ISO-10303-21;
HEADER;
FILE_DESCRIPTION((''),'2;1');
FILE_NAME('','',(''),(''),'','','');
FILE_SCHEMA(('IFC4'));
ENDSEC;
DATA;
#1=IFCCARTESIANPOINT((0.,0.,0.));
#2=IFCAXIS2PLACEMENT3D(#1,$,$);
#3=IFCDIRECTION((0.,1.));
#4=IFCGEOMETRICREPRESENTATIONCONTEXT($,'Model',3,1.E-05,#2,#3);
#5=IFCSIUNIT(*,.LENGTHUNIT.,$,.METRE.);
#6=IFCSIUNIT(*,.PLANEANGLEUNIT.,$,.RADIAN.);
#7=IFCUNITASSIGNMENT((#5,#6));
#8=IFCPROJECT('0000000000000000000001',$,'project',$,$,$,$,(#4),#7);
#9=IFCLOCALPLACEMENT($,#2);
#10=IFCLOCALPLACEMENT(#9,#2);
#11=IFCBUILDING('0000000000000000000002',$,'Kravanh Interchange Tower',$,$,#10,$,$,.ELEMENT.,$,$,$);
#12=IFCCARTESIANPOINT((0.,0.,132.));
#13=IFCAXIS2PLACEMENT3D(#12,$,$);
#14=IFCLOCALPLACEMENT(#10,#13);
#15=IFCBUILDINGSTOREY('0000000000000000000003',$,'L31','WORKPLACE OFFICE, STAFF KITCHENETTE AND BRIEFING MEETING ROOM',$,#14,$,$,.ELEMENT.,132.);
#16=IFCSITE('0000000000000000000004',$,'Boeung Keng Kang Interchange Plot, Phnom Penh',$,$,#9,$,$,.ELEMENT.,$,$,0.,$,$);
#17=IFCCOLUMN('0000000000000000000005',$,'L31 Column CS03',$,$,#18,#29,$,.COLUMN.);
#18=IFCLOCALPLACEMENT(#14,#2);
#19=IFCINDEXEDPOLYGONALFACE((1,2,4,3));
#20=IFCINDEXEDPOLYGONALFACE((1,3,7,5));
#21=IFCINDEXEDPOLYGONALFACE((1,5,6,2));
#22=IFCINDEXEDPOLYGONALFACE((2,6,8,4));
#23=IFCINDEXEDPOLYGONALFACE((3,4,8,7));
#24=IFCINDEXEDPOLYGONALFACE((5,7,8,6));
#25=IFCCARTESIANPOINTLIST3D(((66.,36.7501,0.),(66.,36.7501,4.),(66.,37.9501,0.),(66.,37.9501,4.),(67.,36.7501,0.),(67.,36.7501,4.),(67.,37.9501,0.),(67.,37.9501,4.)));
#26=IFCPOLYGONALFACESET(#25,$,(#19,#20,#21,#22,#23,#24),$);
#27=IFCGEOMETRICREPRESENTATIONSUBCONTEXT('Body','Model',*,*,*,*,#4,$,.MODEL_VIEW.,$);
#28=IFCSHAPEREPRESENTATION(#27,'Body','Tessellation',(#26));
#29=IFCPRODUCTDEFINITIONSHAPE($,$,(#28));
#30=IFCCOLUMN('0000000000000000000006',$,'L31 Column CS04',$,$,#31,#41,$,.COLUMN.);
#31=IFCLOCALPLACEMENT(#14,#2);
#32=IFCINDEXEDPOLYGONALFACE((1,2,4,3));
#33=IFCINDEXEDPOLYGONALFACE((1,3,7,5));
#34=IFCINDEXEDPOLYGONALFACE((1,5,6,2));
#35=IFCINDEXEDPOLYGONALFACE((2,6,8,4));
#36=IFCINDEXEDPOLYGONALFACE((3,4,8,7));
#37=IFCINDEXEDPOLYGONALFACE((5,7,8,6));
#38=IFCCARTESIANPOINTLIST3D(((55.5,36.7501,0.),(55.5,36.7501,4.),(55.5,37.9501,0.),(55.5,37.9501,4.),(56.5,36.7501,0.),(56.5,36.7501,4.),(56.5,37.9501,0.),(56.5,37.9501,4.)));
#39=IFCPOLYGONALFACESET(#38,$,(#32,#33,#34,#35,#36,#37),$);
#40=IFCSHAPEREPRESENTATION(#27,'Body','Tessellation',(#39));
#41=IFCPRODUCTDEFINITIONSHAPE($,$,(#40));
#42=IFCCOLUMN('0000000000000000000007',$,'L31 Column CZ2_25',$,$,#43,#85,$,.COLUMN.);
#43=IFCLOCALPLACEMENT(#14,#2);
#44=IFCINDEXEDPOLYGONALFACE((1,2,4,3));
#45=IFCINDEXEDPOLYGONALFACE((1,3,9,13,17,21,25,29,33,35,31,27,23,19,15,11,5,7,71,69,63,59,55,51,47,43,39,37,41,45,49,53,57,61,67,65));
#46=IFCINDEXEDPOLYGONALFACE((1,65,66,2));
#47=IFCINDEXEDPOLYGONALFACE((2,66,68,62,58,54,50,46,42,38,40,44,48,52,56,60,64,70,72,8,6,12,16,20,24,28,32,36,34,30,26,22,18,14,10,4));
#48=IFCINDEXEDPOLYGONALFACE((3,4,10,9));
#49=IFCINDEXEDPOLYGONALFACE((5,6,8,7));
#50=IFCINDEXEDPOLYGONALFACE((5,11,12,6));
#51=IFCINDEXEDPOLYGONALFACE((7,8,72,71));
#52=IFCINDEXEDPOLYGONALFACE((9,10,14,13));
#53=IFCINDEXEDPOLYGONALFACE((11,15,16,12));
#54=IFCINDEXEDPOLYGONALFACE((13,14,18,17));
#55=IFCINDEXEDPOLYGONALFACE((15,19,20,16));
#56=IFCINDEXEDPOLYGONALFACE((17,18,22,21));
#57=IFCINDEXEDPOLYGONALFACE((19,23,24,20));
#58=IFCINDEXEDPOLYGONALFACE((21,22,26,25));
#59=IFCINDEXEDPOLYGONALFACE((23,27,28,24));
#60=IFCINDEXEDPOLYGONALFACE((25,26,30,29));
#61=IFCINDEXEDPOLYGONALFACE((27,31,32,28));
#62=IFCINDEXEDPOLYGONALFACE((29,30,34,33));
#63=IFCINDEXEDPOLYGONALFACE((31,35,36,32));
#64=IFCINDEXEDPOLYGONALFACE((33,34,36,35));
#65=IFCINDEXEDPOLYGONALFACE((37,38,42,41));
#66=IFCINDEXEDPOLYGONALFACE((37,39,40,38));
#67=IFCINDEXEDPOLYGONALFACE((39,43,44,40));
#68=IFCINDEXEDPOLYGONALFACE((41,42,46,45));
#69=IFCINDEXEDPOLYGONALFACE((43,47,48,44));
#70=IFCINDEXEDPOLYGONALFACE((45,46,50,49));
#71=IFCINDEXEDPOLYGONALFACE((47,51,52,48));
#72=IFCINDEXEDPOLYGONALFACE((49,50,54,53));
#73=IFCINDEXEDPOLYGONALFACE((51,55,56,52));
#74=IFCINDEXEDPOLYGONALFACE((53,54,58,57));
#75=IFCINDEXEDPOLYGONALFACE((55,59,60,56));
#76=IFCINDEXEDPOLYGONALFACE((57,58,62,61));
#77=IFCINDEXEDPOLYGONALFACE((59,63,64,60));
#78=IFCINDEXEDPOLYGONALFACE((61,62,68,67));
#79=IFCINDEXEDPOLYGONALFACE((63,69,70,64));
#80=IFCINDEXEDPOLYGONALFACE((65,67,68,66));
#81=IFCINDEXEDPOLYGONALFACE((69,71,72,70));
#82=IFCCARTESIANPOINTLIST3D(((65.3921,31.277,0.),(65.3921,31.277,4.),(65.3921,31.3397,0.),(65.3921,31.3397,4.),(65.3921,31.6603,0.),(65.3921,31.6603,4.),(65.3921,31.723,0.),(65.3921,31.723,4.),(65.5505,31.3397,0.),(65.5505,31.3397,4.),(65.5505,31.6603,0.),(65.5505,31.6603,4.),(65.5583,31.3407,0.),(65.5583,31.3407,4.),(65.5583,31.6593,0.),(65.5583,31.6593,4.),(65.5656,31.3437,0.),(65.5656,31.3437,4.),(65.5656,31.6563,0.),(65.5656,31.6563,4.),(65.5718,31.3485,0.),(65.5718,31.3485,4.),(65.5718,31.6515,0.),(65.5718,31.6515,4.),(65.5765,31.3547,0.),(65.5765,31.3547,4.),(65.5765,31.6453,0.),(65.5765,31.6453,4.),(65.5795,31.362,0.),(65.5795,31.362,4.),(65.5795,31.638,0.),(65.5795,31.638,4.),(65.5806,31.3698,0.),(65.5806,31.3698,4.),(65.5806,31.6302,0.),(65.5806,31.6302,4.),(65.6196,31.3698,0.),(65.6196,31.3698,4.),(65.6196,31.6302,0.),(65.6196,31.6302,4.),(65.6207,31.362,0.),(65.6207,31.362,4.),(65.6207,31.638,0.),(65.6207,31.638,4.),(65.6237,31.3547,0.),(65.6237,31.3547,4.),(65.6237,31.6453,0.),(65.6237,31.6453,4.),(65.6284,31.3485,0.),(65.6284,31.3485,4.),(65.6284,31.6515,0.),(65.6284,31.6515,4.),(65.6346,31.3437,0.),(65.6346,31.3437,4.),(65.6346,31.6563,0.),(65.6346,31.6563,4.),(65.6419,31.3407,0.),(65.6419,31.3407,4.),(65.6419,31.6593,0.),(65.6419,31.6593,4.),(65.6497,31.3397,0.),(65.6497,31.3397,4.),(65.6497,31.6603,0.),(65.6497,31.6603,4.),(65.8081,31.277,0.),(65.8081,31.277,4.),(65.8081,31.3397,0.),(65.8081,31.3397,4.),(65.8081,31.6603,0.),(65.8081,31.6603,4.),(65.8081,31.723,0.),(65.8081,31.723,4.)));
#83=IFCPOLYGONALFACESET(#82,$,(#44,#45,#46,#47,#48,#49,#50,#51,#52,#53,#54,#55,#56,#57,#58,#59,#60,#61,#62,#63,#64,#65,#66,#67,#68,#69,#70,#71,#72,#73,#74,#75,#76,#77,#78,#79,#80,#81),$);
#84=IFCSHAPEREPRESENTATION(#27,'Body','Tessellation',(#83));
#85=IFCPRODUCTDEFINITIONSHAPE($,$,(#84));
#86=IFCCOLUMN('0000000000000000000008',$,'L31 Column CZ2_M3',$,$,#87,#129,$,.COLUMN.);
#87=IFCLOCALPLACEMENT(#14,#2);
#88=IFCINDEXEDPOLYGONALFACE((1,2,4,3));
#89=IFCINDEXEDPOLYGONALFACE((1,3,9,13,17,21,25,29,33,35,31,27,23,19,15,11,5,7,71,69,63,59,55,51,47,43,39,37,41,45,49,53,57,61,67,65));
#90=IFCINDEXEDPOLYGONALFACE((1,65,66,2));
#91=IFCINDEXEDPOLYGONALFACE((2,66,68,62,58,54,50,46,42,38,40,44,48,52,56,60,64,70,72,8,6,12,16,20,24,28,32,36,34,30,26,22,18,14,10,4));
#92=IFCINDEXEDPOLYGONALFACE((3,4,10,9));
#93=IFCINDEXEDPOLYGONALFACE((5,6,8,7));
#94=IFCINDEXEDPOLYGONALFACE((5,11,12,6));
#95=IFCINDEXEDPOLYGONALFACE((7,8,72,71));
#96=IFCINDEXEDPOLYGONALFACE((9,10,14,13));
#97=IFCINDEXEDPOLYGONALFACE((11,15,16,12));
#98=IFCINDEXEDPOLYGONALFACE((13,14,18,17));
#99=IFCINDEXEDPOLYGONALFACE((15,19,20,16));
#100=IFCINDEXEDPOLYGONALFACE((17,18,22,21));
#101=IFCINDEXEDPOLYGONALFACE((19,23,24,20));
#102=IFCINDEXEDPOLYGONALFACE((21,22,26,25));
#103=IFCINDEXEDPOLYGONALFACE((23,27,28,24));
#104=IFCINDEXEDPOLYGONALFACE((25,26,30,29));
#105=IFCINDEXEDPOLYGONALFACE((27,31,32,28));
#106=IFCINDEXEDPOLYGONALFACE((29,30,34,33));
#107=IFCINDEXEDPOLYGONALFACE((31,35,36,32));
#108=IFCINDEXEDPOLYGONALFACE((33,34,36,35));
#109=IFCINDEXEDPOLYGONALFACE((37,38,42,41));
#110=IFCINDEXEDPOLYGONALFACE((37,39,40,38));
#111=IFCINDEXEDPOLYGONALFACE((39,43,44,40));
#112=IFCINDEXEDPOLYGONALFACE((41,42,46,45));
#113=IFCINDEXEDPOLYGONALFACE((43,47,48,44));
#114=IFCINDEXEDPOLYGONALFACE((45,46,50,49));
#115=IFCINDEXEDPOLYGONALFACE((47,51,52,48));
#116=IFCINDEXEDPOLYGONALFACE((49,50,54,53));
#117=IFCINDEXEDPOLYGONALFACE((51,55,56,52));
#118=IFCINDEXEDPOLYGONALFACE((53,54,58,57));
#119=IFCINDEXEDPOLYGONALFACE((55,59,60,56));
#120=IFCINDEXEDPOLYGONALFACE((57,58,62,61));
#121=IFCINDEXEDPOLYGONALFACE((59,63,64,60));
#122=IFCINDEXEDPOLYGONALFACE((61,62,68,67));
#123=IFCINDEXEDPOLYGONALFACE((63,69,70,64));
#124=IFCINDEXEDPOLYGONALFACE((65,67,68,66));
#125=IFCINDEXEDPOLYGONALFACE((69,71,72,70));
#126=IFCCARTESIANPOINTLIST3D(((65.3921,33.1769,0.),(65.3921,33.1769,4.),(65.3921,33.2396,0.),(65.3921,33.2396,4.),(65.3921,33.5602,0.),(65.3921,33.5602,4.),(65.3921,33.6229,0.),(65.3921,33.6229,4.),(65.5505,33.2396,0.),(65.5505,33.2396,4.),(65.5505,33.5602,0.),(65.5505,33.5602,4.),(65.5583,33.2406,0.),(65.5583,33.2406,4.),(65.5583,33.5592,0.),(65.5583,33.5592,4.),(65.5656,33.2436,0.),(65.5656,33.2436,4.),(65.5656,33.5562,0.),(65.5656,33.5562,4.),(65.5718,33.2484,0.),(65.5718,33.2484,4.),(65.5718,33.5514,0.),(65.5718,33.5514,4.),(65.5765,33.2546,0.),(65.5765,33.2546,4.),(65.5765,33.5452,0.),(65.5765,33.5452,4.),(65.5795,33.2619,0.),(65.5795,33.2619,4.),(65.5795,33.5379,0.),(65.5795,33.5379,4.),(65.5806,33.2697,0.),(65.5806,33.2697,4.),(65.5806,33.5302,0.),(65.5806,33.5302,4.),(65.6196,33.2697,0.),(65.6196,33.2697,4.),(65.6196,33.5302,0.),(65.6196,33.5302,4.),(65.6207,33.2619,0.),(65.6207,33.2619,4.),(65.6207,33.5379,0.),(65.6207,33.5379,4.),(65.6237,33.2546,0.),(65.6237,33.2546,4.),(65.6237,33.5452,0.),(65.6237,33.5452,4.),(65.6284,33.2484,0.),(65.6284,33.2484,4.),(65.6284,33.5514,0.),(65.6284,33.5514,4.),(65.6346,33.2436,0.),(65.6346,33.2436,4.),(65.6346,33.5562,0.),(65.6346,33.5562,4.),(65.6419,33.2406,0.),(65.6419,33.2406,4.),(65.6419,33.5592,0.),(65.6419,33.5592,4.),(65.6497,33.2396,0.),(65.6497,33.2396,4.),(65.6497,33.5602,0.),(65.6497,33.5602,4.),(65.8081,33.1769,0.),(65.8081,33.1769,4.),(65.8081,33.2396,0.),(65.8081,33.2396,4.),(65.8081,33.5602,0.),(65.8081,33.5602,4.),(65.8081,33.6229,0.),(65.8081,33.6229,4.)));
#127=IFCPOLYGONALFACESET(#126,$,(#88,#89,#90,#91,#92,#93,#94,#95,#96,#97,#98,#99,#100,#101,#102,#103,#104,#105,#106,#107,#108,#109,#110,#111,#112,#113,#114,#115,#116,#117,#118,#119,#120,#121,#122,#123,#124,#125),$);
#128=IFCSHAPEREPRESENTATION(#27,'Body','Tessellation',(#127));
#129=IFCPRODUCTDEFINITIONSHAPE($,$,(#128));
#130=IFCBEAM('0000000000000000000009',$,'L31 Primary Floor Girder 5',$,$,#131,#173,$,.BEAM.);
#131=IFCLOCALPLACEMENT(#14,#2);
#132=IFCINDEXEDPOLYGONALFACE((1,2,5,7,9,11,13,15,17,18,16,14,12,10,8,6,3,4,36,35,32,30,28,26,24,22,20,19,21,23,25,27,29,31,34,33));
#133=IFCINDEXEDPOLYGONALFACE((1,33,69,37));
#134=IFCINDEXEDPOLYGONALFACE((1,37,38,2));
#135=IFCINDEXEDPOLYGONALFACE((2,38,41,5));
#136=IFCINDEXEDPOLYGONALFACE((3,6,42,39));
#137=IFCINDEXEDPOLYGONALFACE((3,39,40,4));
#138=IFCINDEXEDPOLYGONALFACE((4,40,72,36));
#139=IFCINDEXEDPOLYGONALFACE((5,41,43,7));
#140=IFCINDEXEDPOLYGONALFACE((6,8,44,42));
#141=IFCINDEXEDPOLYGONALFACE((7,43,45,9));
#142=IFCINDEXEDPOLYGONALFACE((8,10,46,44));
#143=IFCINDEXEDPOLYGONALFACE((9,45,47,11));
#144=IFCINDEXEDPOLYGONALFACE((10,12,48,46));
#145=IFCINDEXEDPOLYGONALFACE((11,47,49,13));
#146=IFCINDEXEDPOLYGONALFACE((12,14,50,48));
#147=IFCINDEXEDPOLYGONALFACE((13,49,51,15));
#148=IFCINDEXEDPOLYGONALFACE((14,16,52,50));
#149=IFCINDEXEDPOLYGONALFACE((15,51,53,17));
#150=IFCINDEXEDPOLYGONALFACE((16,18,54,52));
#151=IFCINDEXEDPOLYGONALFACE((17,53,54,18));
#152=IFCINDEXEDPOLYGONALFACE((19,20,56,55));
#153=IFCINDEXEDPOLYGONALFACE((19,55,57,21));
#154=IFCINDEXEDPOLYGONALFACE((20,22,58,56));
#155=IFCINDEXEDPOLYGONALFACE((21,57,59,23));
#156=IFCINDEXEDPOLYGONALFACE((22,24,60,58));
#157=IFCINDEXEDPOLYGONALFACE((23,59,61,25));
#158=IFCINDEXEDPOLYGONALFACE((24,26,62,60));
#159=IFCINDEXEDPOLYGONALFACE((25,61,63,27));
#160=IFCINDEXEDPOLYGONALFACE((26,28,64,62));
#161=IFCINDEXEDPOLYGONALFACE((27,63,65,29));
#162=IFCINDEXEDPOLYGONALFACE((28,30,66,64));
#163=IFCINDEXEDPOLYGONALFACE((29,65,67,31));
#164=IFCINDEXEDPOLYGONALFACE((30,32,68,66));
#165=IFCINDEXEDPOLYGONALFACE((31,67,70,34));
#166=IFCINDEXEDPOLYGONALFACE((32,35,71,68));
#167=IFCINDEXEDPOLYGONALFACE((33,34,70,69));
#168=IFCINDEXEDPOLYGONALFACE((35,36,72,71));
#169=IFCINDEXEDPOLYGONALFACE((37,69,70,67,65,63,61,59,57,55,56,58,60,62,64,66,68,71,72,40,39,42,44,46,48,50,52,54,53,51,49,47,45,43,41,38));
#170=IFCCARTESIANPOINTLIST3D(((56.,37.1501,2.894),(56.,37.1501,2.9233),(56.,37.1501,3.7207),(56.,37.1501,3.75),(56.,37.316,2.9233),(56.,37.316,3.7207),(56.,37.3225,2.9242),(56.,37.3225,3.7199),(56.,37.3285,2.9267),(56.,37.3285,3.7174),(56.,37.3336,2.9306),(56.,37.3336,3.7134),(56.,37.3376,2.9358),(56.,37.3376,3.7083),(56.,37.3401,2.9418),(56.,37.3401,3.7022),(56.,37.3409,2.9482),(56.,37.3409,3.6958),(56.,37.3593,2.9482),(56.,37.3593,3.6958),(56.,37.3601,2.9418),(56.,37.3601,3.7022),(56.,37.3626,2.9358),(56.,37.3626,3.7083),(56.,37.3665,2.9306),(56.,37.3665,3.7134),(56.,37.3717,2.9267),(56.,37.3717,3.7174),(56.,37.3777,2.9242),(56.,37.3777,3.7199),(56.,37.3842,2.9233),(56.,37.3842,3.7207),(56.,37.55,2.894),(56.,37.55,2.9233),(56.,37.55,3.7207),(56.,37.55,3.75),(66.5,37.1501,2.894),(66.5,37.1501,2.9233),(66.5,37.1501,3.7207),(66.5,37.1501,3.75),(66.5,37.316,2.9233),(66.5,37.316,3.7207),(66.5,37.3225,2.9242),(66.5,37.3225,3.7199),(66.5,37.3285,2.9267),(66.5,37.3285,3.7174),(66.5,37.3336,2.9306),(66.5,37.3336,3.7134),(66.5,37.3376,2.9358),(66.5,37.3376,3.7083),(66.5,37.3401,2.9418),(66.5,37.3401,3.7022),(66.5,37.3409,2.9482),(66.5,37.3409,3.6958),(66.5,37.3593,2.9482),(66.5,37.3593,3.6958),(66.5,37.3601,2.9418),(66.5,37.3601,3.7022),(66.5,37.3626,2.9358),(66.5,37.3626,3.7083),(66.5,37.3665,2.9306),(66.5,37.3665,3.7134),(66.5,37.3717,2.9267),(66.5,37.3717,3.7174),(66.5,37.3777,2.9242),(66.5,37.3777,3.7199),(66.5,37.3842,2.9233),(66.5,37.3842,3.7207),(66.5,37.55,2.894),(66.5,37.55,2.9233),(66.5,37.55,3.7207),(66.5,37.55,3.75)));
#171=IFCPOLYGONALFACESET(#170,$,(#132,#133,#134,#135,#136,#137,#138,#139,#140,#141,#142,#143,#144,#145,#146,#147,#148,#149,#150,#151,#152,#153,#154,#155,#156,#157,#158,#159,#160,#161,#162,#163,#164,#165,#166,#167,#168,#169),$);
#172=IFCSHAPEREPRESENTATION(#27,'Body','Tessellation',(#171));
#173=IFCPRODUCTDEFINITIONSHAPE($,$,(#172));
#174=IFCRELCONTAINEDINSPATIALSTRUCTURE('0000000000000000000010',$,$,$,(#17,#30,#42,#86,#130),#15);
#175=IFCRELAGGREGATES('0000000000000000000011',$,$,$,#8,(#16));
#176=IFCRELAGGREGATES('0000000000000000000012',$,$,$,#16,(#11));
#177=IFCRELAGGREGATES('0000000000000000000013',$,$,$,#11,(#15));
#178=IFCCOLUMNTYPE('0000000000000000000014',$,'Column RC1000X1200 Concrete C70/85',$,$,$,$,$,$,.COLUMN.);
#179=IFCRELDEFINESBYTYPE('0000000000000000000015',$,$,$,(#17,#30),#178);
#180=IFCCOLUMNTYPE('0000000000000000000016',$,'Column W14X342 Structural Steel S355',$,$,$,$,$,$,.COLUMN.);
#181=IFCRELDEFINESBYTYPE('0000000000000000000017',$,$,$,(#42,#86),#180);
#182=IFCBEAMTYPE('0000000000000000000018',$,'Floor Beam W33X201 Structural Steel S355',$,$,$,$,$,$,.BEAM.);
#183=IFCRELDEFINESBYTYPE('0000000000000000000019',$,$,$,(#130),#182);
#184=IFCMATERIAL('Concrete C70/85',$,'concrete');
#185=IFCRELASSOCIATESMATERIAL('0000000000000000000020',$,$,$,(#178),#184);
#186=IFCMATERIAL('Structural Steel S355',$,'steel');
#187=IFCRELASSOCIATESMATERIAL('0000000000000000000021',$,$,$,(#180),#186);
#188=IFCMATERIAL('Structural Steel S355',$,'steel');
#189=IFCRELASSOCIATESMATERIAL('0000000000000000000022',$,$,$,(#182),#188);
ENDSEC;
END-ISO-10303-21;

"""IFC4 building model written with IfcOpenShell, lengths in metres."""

from ifc_helpers import new_model, si_unit, direction, frame, origin, origin_2d, place, context, subcontext, project, spatial, rectangle, i_section, extrude, material, material_profile, profile_set, type_object, element, save


model = new_model("IFC4")

# Units and contexts
model_context = context("Model", 3, precision=1e-05, world=origin(), true_north=direction((0.0, 1.0)))
body_context = subcontext(model_context, "Body", "Model", "MODEL_VIEW")
ifc_project = project(units=[si_unit("LENGTHUNIT", "METRE"), si_unit("PLANEANGLEUNIT", "RADIAN")], contexts=[model_context])

# Site, building, storey
site_placement = place(None, origin())
site = spatial("IfcSite", under=ifc_project, at=site_placement, Name="Boeung Keng Kang Interchange Plot, Phnom Penh", CompositionType="ELEMENT", RefElevation=0.0)
building_placement = place(site_placement, origin())
building = spatial("IfcBuilding", under=site, at=building_placement, Name="Kravanh Interchange Tower", CompositionType="ELEMENT")
storey_placement = place(building_placement, frame((0.0, 0.0, 132.0)))
storey = spatial("IfcBuildingStorey", under=building, at=storey_placement, Name="L31", Description="WORKPLACE OFFICE, STAFF KITCHENETTE AND BRIEFING MEETING ROOM", CompositionType="ELEMENT", Elevation=132.0)

# Columns
ifc_material_1 = material(Name="Concrete C70/85", Category="concrete")
ifc_material_profile_1 = material_profile(ifc_material_1, rectangle(XDim=1.0, YDim=1.2, at=origin_2d()), Name="RC1000X1200")
ifc_profile_set_1 = profile_set([ifc_material_profile_1], Name="Concrete C70/85")
column_type_1 = type_object("IfcColumnType", Name="Column RC1000X1200 Concrete C70/85", PredefinedType="COLUMN", material=ifc_profile_set_1)
for number, where, z_axis, x_axis, name in (
    (1, (66.5, 37.3501, 0.0), (0.0, 0.0, 1.0), (1.0, 0.0, 0.0), "L31 Column CS03"),
    (2, (56.0, 37.3501, 0.0), (0.0, 0.0, 1.0), (1.0, 0.0, 0.0), "L31 Column CS04"),
):
    element("IfcColumn", number, at=place(storey_placement, frame(where, z_axis=z_axis, x_axis=x_axis)), inside=storey, type_object=column_type_1, Name=name, PredefinedType="COLUMN", context=body_context, shape_type="SweptSolid", body=[
        extrude(rectangle(XDim=1.0, YDim=1.2, at=origin_2d()), origin(), (0.0, 0.0, 1.0), 4.0),
    ])
ifc_material_2 = material(Name="Structural Steel S355", Category="steel")
ifc_material_profile_2 = material_profile(ifc_material_2, i_section(OverallWidth=0.416, OverallDepth=0.446, WebThickness=0.0391, FlangeThickness=0.0627, FilletRadius=0.03, at=origin_2d()), Name="W14X342")
ifc_profile_set_2 = profile_set([ifc_material_profile_2], Name="Structural Steel S355")
column_type_2 = type_object("IfcColumnType", Name="Column W14X342 Structural Steel S355", PredefinedType="COLUMN", material=ifc_profile_set_2)
for number, where, z_axis, x_axis, name in (
    (3, (65.6001, 31.5, 0.0), (0.0, 0.0, 1.0), (1.0, 0.0, 0.0), "L31 Column CZ2_25"),
    (4, (65.6001, 33.3999, 0.0), (0.0, 0.0, 1.0), (1.0, 0.0, 0.0), "L31 Column CZ2_M3"),
):
    element("IfcColumn", number, at=place(storey_placement, frame(where, z_axis=z_axis, x_axis=x_axis)), inside=storey, type_object=column_type_2, Name=name, PredefinedType="COLUMN", context=body_context, shape_type="SweptSolid", body=[
        extrude(i_section(OverallWidth=0.416, OverallDepth=0.446, WebThickness=0.0391, FlangeThickness=0.0627, FilletRadius=0.03, at=origin_2d()), origin(), (0.0, 0.0, 1.0), 4.0),
    ])

# Beam
ifc_material_3 = material(Name="Structural Steel S355", Category="steel")
ifc_material_profile_3 = material_profile(ifc_material_3, i_section(OverallWidth=0.3999, OverallDepth=0.856, WebThickness=0.0183, FlangeThickness=0.0293, FilletRadius=0.0249, at=origin_2d()), Name="W33X201")
ifc_profile_set_3 = profile_set([ifc_material_profile_3], Name="Structural Steel S355")
beam_type_1 = type_object("IfcBeamType", Name="Floor Beam W33X201 Structural Steel S355", PredefinedType="BEAM", material=ifc_profile_set_3)
beam_1_placement = place(storey_placement, frame((66.5, 37.3501, 3.322), z_axis=(-1.0, 0.0, 0.0), x_axis=(0.0, -1.0, 0.0)))
element("IfcBeam", 5, at=beam_1_placement, inside=storey, type_object=beam_type_1, Name="L31 Primary Floor Girder 5", PredefinedType="BEAM", context=body_context, shape_type="SweptSolid", body=[
    extrude(i_section(OverallWidth=0.3999, OverallDepth=0.856, WebThickness=0.0183, FlangeThickness=0.0293, FilletRadius=0.0249, at=origin_2d()), origin(), (0.0, 0.0, 1.0), 10.5),
])

save(model, "model.ifc")
